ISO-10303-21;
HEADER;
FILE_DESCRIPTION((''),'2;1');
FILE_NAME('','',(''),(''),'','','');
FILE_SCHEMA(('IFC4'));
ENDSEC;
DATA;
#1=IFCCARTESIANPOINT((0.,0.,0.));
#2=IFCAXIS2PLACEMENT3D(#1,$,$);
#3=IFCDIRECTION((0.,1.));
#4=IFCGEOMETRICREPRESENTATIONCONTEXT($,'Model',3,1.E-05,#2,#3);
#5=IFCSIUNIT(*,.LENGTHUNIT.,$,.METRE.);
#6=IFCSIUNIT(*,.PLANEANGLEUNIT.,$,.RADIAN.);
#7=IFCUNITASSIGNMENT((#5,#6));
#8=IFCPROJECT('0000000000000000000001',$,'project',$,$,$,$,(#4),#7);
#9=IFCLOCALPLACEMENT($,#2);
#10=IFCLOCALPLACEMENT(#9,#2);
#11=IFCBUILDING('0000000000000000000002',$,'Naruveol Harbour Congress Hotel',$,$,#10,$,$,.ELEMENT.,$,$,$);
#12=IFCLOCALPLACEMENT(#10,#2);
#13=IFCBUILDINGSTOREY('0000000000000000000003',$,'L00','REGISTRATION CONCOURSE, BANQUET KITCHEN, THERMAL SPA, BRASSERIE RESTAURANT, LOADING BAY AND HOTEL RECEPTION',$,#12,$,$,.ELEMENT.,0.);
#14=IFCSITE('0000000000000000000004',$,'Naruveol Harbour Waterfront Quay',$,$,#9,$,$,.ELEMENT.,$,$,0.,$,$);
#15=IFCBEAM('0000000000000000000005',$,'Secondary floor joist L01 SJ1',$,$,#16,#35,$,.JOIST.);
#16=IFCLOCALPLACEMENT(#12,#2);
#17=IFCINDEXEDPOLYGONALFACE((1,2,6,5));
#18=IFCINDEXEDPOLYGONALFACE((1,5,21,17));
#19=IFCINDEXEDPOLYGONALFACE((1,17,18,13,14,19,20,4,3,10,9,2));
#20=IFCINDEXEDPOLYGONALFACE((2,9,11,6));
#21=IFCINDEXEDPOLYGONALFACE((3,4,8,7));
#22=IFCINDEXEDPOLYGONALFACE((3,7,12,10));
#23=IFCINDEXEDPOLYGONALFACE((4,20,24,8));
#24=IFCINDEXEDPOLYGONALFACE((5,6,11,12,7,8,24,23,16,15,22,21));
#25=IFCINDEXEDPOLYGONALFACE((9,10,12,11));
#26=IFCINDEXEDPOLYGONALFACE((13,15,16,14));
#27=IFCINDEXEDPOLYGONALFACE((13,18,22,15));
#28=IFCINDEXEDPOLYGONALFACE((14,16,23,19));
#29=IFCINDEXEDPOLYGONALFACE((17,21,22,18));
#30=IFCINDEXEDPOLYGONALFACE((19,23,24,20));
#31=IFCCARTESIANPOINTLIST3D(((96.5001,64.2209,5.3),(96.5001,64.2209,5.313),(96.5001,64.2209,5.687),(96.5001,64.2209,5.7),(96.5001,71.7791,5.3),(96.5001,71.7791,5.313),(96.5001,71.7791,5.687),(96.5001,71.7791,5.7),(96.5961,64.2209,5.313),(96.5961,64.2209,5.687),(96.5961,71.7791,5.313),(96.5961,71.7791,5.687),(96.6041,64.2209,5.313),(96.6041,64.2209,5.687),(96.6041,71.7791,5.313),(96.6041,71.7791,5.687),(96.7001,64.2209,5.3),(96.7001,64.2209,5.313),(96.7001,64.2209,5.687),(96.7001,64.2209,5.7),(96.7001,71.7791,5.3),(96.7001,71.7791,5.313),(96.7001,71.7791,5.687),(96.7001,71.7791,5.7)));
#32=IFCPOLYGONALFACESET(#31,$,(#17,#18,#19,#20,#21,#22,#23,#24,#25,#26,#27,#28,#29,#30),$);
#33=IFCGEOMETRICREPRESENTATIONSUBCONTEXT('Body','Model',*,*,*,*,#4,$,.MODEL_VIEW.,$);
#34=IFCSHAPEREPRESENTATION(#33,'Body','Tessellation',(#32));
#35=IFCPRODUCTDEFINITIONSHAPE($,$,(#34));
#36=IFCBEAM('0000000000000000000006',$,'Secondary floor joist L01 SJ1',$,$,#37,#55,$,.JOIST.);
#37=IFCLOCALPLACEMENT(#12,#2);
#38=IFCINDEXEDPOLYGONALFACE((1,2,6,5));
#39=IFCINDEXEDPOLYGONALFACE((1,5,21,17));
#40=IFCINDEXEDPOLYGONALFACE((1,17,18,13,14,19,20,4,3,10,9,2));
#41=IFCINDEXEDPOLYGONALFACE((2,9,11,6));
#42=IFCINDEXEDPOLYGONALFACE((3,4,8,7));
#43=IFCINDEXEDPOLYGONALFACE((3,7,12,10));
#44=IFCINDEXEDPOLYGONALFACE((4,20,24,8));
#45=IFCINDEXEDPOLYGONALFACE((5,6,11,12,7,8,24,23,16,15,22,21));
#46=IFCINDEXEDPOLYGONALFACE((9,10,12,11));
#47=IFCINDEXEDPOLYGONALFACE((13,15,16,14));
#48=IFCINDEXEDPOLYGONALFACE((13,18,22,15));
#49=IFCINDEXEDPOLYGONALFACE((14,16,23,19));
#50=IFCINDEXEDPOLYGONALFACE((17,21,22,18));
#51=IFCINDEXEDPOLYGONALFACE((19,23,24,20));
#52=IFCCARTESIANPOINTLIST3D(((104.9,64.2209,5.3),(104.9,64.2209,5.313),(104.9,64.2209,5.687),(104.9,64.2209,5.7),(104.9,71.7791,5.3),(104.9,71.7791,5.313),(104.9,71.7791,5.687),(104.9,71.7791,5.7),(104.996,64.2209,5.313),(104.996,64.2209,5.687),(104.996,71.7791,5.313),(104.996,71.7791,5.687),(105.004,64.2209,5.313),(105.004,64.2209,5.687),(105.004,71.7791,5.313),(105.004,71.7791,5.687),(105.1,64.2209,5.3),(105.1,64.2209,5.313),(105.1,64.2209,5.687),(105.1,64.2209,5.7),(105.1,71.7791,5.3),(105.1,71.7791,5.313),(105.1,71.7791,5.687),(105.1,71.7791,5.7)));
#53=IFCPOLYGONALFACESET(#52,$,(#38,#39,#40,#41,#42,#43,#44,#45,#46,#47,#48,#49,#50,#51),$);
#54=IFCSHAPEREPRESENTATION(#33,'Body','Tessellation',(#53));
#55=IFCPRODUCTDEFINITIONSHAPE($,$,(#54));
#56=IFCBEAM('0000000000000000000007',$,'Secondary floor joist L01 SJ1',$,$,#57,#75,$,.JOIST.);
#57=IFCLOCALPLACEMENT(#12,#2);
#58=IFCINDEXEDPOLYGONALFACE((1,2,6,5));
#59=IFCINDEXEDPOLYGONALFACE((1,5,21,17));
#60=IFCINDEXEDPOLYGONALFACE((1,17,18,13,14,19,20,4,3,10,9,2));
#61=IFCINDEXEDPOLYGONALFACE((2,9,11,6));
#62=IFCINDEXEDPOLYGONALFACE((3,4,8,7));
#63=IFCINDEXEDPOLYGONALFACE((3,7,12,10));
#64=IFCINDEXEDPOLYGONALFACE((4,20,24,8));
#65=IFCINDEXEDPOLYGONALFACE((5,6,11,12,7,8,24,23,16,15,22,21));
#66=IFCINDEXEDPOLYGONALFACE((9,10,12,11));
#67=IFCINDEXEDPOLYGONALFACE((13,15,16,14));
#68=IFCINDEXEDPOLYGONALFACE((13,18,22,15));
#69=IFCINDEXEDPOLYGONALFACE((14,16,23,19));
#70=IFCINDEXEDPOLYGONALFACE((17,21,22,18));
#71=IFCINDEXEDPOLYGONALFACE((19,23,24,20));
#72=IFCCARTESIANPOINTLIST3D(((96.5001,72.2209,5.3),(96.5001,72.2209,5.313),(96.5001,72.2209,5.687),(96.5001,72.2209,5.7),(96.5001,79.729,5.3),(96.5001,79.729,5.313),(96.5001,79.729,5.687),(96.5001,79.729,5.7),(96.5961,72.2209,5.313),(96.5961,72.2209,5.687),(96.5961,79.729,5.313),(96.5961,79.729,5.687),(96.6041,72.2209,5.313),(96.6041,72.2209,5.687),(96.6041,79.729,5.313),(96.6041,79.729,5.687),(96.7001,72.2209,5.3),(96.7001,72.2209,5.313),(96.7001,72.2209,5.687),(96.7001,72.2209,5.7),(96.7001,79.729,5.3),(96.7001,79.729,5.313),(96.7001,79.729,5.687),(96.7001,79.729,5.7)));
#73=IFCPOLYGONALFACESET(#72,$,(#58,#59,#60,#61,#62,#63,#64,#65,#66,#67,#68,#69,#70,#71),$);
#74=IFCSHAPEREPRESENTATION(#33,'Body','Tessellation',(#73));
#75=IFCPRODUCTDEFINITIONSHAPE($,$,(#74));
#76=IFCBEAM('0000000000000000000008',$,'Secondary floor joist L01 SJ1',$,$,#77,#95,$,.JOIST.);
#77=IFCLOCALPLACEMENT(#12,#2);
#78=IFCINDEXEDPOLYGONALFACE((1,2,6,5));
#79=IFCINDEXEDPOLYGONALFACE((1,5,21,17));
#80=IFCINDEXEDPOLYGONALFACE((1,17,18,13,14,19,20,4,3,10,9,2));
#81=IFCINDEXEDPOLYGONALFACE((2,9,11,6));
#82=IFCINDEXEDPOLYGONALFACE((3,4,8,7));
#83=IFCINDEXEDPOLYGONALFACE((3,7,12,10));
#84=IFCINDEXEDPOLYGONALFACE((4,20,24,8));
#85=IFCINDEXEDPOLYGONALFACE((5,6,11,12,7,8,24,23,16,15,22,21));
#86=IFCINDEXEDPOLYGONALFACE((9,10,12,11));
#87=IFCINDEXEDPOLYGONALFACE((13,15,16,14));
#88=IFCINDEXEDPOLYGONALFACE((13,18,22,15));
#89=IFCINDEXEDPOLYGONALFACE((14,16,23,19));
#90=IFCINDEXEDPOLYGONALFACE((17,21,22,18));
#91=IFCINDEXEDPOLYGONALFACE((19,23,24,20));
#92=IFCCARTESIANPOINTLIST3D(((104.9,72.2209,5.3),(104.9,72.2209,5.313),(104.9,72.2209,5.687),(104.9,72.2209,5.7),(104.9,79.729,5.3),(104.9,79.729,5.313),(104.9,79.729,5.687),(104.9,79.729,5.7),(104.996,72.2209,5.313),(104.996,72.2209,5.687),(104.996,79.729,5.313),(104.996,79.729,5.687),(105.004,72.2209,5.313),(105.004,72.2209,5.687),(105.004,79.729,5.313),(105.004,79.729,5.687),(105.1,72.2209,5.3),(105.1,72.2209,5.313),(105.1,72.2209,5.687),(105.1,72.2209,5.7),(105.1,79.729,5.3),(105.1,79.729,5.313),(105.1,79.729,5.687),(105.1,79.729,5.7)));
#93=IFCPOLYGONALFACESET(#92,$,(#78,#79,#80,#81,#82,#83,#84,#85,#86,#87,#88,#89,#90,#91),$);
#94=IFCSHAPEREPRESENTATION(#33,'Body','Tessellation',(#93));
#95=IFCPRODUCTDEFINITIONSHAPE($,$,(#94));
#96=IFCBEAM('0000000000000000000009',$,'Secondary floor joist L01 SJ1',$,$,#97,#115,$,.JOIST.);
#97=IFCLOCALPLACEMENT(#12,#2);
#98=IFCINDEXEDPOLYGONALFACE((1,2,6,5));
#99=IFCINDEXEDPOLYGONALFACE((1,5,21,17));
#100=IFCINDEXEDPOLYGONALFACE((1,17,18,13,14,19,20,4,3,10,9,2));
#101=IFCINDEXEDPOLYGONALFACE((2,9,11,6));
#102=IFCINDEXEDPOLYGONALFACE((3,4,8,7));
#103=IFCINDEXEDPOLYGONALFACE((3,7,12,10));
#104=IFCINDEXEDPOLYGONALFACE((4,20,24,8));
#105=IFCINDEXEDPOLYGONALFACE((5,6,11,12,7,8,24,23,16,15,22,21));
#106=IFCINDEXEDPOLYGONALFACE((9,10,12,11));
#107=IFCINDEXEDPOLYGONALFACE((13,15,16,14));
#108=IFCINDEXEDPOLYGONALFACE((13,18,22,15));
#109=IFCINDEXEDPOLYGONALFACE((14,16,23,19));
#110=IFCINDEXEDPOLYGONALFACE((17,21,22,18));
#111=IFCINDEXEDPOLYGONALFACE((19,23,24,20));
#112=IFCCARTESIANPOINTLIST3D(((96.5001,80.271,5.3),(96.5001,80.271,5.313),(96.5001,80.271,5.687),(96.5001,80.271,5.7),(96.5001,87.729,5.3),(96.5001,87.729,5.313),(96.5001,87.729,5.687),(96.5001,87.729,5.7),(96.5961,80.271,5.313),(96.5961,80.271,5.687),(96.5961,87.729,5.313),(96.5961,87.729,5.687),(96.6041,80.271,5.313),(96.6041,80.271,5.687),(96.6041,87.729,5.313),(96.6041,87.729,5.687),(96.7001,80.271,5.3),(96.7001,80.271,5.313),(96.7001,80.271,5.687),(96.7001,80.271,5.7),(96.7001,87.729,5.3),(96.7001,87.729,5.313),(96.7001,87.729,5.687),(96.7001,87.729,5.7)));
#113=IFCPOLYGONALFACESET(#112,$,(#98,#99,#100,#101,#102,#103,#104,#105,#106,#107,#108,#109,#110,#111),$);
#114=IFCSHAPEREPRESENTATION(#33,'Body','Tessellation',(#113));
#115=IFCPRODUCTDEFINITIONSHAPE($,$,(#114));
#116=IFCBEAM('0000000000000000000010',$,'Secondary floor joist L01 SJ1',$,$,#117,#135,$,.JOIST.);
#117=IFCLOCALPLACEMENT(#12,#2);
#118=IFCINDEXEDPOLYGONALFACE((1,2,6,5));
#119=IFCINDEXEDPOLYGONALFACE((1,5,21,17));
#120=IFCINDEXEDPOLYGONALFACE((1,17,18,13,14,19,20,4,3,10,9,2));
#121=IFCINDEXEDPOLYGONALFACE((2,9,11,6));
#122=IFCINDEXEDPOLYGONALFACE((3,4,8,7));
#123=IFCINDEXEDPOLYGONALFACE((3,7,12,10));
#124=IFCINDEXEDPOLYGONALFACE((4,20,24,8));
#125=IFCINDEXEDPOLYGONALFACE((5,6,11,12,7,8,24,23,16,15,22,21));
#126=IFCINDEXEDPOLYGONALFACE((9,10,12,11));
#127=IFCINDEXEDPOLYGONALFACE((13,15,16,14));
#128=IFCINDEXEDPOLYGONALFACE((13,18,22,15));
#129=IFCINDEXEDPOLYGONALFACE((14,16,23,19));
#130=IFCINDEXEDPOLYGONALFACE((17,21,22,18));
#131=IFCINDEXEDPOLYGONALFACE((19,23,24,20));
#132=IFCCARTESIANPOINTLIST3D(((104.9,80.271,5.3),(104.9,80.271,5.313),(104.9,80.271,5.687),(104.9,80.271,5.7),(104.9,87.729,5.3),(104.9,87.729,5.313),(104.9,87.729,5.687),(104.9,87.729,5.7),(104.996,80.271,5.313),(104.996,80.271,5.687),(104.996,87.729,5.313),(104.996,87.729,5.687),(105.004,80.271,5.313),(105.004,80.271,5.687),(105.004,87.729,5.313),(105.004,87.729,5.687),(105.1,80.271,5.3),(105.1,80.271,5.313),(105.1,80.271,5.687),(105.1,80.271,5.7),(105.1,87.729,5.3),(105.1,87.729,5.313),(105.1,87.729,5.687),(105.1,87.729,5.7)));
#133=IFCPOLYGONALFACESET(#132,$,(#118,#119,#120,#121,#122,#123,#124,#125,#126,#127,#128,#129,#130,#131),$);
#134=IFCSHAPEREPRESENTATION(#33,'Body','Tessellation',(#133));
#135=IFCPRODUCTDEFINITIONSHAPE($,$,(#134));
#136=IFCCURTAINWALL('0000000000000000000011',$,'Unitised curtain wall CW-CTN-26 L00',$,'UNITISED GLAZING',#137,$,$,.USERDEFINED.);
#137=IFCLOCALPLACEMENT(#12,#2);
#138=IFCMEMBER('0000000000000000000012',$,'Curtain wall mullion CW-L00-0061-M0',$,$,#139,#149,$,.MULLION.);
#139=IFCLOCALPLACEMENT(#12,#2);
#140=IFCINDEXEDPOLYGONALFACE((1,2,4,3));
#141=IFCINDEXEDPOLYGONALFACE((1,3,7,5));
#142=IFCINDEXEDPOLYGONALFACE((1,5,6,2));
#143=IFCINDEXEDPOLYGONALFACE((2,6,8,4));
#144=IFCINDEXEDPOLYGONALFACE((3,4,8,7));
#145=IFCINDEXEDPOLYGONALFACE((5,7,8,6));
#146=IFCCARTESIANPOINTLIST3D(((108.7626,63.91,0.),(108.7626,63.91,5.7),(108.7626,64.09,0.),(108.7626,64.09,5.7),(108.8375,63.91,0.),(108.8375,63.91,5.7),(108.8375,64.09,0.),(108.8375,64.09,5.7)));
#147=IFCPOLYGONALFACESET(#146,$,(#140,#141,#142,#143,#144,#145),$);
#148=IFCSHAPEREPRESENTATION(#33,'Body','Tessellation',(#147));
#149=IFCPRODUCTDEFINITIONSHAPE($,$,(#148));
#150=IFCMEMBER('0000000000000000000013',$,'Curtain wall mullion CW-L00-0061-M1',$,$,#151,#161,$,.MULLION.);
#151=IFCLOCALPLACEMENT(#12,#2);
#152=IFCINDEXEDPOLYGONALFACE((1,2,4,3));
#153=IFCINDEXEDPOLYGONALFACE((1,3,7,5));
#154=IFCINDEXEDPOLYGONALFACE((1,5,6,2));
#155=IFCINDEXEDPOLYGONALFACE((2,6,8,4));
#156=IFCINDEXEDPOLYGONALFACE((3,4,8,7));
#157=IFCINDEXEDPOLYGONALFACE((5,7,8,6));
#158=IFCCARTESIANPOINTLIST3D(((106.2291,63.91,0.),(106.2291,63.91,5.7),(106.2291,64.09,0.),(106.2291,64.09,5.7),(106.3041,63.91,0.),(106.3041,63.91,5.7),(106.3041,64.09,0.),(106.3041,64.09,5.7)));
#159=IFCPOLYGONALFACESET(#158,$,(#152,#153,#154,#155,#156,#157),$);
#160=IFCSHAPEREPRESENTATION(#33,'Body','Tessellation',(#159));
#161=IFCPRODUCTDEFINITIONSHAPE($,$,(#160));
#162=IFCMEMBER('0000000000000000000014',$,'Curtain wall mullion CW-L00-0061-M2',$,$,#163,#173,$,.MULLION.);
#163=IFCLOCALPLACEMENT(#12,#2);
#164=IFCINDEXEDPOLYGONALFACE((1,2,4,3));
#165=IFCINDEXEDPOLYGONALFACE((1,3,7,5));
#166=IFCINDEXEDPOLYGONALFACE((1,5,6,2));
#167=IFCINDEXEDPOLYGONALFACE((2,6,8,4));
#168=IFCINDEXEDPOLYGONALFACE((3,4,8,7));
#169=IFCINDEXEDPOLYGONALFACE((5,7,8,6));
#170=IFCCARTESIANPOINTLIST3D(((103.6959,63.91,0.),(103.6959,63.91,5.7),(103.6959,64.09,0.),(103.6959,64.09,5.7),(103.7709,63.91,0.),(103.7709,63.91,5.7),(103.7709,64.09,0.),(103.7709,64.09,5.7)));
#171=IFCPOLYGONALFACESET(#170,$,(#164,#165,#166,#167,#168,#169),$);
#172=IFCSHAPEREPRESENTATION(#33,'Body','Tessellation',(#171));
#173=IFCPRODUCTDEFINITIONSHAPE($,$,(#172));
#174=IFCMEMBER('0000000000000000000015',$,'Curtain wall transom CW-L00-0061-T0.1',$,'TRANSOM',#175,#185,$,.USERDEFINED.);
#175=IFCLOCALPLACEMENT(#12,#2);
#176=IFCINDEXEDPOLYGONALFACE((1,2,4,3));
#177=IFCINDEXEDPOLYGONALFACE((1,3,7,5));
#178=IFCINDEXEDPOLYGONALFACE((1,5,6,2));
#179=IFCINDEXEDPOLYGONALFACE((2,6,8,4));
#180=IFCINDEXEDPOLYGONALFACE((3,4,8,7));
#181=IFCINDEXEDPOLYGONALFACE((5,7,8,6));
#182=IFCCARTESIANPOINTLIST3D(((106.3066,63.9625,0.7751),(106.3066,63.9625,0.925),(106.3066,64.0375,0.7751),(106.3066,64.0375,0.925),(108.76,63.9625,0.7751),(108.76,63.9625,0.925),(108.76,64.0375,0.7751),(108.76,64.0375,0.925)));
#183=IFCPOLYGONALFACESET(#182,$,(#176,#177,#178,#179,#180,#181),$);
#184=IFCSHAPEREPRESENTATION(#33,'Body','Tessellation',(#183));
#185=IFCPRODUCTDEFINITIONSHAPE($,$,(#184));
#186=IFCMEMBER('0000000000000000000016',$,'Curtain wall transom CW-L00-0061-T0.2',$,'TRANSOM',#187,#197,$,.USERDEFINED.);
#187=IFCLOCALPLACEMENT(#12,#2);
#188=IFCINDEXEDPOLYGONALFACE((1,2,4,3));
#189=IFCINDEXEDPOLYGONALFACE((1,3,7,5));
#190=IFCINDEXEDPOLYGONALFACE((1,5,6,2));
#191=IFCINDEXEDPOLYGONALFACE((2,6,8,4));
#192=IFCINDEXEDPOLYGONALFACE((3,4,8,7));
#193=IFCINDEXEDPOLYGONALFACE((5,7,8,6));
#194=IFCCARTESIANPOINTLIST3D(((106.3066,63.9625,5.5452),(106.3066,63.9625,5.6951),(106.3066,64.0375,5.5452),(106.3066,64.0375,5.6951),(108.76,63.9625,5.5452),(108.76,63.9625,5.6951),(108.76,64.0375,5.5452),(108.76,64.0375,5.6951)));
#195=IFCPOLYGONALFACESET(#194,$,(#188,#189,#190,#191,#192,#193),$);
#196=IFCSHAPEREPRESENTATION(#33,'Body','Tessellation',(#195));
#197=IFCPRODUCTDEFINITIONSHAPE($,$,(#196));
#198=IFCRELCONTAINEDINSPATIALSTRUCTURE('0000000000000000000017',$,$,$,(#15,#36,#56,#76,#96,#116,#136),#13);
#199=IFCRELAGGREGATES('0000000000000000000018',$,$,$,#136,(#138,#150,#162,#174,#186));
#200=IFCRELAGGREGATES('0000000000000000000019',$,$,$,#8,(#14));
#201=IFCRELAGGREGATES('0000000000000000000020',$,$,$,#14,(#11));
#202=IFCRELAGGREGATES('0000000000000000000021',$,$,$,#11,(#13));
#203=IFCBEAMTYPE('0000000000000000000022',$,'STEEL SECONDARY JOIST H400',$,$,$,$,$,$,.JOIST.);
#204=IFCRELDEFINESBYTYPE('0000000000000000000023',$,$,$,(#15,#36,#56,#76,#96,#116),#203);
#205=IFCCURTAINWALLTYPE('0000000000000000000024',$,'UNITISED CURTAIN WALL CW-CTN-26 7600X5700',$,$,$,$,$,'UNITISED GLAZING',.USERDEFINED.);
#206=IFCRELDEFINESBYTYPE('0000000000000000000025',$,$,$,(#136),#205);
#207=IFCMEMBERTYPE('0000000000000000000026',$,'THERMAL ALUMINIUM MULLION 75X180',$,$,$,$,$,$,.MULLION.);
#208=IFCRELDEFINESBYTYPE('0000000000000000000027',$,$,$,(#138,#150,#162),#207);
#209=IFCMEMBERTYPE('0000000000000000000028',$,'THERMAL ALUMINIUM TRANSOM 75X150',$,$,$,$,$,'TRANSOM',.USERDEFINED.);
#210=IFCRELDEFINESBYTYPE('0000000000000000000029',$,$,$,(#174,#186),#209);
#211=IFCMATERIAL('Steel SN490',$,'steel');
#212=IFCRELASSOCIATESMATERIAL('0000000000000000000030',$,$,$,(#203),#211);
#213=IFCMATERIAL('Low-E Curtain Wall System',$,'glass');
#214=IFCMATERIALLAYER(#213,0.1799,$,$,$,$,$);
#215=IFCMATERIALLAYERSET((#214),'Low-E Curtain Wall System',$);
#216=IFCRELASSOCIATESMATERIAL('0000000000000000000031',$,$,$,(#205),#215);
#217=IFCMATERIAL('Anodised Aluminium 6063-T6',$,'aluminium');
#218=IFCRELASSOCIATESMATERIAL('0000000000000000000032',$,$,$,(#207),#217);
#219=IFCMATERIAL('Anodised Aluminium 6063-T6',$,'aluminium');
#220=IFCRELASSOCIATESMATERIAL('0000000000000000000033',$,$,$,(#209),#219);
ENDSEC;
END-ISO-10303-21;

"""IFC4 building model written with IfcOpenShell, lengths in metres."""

from ifc_helpers import new_model, si_unit, direction, frame, origin, origin_2d, place, context, subcontext, project, spatial, rectangle, i_section, extrude, material, layer, layer_set, material_profile, profile_set, type_object, element, aggregate, save


model = new_model("IFC4")

# Units and contexts
model_context = context("Model", 3, precision=1e-05, world=origin(), true_north=direction((0.0, 1.0)))
body_context = subcontext(model_context, "Body", "Model", "MODEL_VIEW")
ifc_project = project(units=[si_unit("LENGTHUNIT", "METRE"), si_unit("PLANEANGLEUNIT", "RADIAN")], contexts=[model_context])

# Site, building, storey
site_placement = place(None, origin())
site = spatial("IfcSite", under=ifc_project, at=site_placement, Name="Naruveol Harbour Waterfront Quay", CompositionType="ELEMENT", RefElevation=0.0)
building_placement = place(site_placement, origin())
building = spatial("IfcBuilding", under=site, at=building_placement, Name="Naruveol Harbour Congress Hotel", CompositionType="ELEMENT")
storey_placement = place(building_placement, origin())
storey = spatial("IfcBuildingStorey", under=building, at=storey_placement, Name="L00", Description="REGISTRATION CONCOURSE, BANQUET KITCHEN, THERMAL SPA, BRASSERIE RESTAURANT, LOADING BAY AND HOTEL RECEPTION", CompositionType="ELEMENT", Elevation=0.0)

# Beams
ifc_material_1 = material(Name="Steel SN490", Category="steel")
ifc_material_profile_1 = material_profile(ifc_material_1, i_section(OverallWidth=0.2, OverallDepth=0.3999, WebThickness=0.0081, FlangeThickness=0.0129, at=origin_2d()), Name="H-400x200x8x13")
ifc_profile_set_1 = profile_set([ifc_material_profile_1], Name="Steel SN490")
beam_type_1 = type_object("IfcBeamType", Name="STEEL SECONDARY JOIST H400", PredefinedType="JOIST", material=ifc_profile_set_1)
for number, where, z_axis, x_axis, name in (
    (1, (96.6001, 64.2209, 5.5), (0.0, 1.0, 0.0), (-1.0, 0.0, 0.0), "Secondary floor joist L01 SJ1"),
    (2, (105.0, 64.2209, 5.5), (0.0, 1.0, 0.0), (-1.0, 0.0, 0.0), "Secondary floor joist L01 SJ1"),
):
    element("IfcBeam", number, at=place(storey_placement, frame(where, z_axis=z_axis, x_axis=x_axis)), inside=storey, type_object=beam_type_1, Name=name, PredefinedType="JOIST", context=body_context, shape_type="SweptSolid", body=[
        extrude(i_section(OverallWidth=0.2, OverallDepth=0.3999, WebThickness=0.0081, FlangeThickness=0.0129, at=origin_2d()), origin(), (0.0, 0.0, 1.0), 7.5581),
    ])
for number, where, z_axis, x_axis, name in (
    (3, (96.6001, 72.2209, 5.5), (0.0, 1.0, 0.0), (-1.0, 0.0, 0.0), "Secondary floor joist L01 SJ1"),
    (4, (105.0, 72.2209, 5.5), (0.0, 1.0, 0.0), (-1.0, 0.0, 0.0), "Secondary floor joist L01 SJ1"),
):
    element("IfcBeam", number, at=place(storey_placement, frame(where, z_axis=z_axis, x_axis=x_axis)), inside=storey, type_object=beam_type_1, Name=name, PredefinedType="JOIST", context=body_context, shape_type="SweptSolid", body=[
        extrude(i_section(OverallWidth=0.2, OverallDepth=0.3999, WebThickness=0.0081, FlangeThickness=0.0129, at=origin_2d()), origin(), (0.0, 0.0, 1.0), 7.5081),
    ])
for number, where, z_axis, x_axis, name in (
    (5, (96.6001, 80.271, 5.5), (0.0, 1.0, 0.0), (-1.0, 0.0, 0.0), "Secondary floor joist L01 SJ1"),
    (6, (105.0, 80.271, 5.5), (0.0, 1.0, 0.0), (-1.0, 0.0, 0.0), "Secondary floor joist L01 SJ1"),
):
    element("IfcBeam", number, at=place(storey_placement, frame(where, z_axis=z_axis, x_axis=x_axis)), inside=storey, type_object=beam_type_1, Name=name, PredefinedType="JOIST", context=body_context, shape_type="SweptSolid", body=[
        extrude(i_section(OverallWidth=0.2, OverallDepth=0.3999, WebThickness=0.0081, FlangeThickness=0.0129, at=origin_2d()), origin(), (0.0, 0.0, 1.0), 7.458),
    ])

# Curtain wall, members
ifc_material_2 = material(Name="Low-E Curtain Wall System", Category="glass")
ifc_layer_1 = layer(ifc_material_2, 0.1799)
ifc_layer_set_1 = layer_set([ifc_layer_1], Name="Low-E Curtain Wall System")
curtain_wall_type = type_object("IfcCurtainWallType", Name="UNITISED CURTAIN WALL CW-CTN-26 7600X5700", ElementType="UNITISED GLAZING", PredefinedType="USERDEFINED", material=ifc_layer_set_1)
curtain_wall_placement = place(storey_placement, origin())
curtain_wall = element("IfcCurtainWall", 7, at=curtain_wall_placement, inside=storey, type_object=curtain_wall_type, Name="Unitised curtain wall CW-CTN-26 L00", ObjectType="UNITISED GLAZING", PredefinedType="USERDEFINED")
ifc_material_3 = material(Name="Anodised Aluminium 6063-T6", Category="aluminium")
ifc_material_profile_2 = material_profile(ifc_material_3, rectangle(XDim=0.075, YDim=0.1799, at=origin_2d()), Name="ALU-75x180")
ifc_profile_set_2 = profile_set([ifc_material_profile_2], Name="Anodised Aluminium 6063-T6")
member_type_1 = type_object("IfcMemberType", Name="THERMAL ALUMINIUM MULLION 75X180", PredefinedType="MULLION", material=ifc_profile_set_2)
member_1_placement = place(storey_placement, frame((108.8, 64.0, 0.0), z_axis=(0.0, 0.0, 1.0), x_axis=(1.0, 0.0, 0.0)))
member_1 = element("IfcMember", 8, at=member_1_placement, type_object=member_type_1, Name="Curtain wall mullion CW-L00-0061-M0", PredefinedType="MULLION", context=body_context, shape_type="SweptSolid", body=[
    extrude(rectangle(XDim=0.075, YDim=0.1799, at=origin_2d()), origin(), (0.0, 0.0, 1.0), 5.7),
])
member_2_placement = place(storey_placement, frame((106.2666, 64.0, 0.0), z_axis=(0.0, 0.0, 1.0), x_axis=(1.0, 0.0, 0.0)))
member_2 = element("IfcMember", 9, at=member_2_placement, type_object=member_type_1, Name="Curtain wall mullion CW-L00-0061-M1", PredefinedType="MULLION", context=body_context, shape_type="SweptSolid", body=[
    extrude(rectangle(XDim=0.075, YDim=0.1799, at=origin_2d()), origin(), (0.0, 0.0, 1.0), 5.7),
])
member_3_placement = place(storey_placement, frame((103.7334, 64.0, 0.0), z_axis=(0.0, 0.0, 1.0), x_axis=(1.0, 0.0, 0.0)))
member_3 = element("IfcMember", 10, at=member_3_placement, type_object=member_type_1, Name="Curtain wall mullion CW-L00-0061-M2", PredefinedType="MULLION", context=body_context, shape_type="SweptSolid", body=[
    extrude(rectangle(XDim=0.075, YDim=0.1799, at=origin_2d()), origin(), (0.0, 0.0, 1.0), 5.7),
])
ifc_material_4 = material(Name="Anodised Aluminium 6063-T6", Category="aluminium")
ifc_material_profile_3 = material_profile(ifc_material_4, rectangle(XDim=0.075, YDim=0.1499, at=origin_2d()), Name="ALU-75x150")
ifc_profile_set_3 = profile_set([ifc_material_profile_3], Name="Anodised Aluminium 6063-T6")
member_type_2 = type_object("IfcMemberType", Name="THERMAL ALUMINIUM TRANSOM 75X150", ElementType="TRANSOM", PredefinedType="USERDEFINED", material=ifc_profile_set_3)
member_4_placement = place(storey_placement, frame((108.76, 64.0, 0.8501), z_axis=(-1.0, 0.0, 0.0), x_axis=(0.0, -1.0, 0.0)))
member_4 = element("IfcMember", 11, at=member_4_placement, type_object=member_type_2, Name="Curtain wall transom CW-L00-0061-T0.1", ObjectType="TRANSOM", PredefinedType="USERDEFINED", context=body_context, shape_type="SweptSolid", body=[
    extrude(rectangle(XDim=0.075, YDim=0.1499, at=origin_2d()), origin(), (0.0, 0.0, 1.0), 2.4534),
])
member_5_placement = place(storey_placement, frame((108.76, 64.0, 5.6201), z_axis=(-1.0, 0.0, 0.0), x_axis=(0.0, -1.0, 0.0)))
member_5 = element("IfcMember", 12, at=member_5_placement, type_object=member_type_2, Name="Curtain wall transom CW-L00-0061-T0.2", ObjectType="TRANSOM", PredefinedType="USERDEFINED", context=body_context, shape_type="SweptSolid", body=[
    extrude(rectangle(XDim=0.075, YDim=0.1499, at=origin_2d()), origin(), (0.0, 0.0, 1.0), 2.4534),
])
aggregate(curtain_wall, [member_1, member_2, member_3, member_4, member_5])

save(model, "model.ifc")
